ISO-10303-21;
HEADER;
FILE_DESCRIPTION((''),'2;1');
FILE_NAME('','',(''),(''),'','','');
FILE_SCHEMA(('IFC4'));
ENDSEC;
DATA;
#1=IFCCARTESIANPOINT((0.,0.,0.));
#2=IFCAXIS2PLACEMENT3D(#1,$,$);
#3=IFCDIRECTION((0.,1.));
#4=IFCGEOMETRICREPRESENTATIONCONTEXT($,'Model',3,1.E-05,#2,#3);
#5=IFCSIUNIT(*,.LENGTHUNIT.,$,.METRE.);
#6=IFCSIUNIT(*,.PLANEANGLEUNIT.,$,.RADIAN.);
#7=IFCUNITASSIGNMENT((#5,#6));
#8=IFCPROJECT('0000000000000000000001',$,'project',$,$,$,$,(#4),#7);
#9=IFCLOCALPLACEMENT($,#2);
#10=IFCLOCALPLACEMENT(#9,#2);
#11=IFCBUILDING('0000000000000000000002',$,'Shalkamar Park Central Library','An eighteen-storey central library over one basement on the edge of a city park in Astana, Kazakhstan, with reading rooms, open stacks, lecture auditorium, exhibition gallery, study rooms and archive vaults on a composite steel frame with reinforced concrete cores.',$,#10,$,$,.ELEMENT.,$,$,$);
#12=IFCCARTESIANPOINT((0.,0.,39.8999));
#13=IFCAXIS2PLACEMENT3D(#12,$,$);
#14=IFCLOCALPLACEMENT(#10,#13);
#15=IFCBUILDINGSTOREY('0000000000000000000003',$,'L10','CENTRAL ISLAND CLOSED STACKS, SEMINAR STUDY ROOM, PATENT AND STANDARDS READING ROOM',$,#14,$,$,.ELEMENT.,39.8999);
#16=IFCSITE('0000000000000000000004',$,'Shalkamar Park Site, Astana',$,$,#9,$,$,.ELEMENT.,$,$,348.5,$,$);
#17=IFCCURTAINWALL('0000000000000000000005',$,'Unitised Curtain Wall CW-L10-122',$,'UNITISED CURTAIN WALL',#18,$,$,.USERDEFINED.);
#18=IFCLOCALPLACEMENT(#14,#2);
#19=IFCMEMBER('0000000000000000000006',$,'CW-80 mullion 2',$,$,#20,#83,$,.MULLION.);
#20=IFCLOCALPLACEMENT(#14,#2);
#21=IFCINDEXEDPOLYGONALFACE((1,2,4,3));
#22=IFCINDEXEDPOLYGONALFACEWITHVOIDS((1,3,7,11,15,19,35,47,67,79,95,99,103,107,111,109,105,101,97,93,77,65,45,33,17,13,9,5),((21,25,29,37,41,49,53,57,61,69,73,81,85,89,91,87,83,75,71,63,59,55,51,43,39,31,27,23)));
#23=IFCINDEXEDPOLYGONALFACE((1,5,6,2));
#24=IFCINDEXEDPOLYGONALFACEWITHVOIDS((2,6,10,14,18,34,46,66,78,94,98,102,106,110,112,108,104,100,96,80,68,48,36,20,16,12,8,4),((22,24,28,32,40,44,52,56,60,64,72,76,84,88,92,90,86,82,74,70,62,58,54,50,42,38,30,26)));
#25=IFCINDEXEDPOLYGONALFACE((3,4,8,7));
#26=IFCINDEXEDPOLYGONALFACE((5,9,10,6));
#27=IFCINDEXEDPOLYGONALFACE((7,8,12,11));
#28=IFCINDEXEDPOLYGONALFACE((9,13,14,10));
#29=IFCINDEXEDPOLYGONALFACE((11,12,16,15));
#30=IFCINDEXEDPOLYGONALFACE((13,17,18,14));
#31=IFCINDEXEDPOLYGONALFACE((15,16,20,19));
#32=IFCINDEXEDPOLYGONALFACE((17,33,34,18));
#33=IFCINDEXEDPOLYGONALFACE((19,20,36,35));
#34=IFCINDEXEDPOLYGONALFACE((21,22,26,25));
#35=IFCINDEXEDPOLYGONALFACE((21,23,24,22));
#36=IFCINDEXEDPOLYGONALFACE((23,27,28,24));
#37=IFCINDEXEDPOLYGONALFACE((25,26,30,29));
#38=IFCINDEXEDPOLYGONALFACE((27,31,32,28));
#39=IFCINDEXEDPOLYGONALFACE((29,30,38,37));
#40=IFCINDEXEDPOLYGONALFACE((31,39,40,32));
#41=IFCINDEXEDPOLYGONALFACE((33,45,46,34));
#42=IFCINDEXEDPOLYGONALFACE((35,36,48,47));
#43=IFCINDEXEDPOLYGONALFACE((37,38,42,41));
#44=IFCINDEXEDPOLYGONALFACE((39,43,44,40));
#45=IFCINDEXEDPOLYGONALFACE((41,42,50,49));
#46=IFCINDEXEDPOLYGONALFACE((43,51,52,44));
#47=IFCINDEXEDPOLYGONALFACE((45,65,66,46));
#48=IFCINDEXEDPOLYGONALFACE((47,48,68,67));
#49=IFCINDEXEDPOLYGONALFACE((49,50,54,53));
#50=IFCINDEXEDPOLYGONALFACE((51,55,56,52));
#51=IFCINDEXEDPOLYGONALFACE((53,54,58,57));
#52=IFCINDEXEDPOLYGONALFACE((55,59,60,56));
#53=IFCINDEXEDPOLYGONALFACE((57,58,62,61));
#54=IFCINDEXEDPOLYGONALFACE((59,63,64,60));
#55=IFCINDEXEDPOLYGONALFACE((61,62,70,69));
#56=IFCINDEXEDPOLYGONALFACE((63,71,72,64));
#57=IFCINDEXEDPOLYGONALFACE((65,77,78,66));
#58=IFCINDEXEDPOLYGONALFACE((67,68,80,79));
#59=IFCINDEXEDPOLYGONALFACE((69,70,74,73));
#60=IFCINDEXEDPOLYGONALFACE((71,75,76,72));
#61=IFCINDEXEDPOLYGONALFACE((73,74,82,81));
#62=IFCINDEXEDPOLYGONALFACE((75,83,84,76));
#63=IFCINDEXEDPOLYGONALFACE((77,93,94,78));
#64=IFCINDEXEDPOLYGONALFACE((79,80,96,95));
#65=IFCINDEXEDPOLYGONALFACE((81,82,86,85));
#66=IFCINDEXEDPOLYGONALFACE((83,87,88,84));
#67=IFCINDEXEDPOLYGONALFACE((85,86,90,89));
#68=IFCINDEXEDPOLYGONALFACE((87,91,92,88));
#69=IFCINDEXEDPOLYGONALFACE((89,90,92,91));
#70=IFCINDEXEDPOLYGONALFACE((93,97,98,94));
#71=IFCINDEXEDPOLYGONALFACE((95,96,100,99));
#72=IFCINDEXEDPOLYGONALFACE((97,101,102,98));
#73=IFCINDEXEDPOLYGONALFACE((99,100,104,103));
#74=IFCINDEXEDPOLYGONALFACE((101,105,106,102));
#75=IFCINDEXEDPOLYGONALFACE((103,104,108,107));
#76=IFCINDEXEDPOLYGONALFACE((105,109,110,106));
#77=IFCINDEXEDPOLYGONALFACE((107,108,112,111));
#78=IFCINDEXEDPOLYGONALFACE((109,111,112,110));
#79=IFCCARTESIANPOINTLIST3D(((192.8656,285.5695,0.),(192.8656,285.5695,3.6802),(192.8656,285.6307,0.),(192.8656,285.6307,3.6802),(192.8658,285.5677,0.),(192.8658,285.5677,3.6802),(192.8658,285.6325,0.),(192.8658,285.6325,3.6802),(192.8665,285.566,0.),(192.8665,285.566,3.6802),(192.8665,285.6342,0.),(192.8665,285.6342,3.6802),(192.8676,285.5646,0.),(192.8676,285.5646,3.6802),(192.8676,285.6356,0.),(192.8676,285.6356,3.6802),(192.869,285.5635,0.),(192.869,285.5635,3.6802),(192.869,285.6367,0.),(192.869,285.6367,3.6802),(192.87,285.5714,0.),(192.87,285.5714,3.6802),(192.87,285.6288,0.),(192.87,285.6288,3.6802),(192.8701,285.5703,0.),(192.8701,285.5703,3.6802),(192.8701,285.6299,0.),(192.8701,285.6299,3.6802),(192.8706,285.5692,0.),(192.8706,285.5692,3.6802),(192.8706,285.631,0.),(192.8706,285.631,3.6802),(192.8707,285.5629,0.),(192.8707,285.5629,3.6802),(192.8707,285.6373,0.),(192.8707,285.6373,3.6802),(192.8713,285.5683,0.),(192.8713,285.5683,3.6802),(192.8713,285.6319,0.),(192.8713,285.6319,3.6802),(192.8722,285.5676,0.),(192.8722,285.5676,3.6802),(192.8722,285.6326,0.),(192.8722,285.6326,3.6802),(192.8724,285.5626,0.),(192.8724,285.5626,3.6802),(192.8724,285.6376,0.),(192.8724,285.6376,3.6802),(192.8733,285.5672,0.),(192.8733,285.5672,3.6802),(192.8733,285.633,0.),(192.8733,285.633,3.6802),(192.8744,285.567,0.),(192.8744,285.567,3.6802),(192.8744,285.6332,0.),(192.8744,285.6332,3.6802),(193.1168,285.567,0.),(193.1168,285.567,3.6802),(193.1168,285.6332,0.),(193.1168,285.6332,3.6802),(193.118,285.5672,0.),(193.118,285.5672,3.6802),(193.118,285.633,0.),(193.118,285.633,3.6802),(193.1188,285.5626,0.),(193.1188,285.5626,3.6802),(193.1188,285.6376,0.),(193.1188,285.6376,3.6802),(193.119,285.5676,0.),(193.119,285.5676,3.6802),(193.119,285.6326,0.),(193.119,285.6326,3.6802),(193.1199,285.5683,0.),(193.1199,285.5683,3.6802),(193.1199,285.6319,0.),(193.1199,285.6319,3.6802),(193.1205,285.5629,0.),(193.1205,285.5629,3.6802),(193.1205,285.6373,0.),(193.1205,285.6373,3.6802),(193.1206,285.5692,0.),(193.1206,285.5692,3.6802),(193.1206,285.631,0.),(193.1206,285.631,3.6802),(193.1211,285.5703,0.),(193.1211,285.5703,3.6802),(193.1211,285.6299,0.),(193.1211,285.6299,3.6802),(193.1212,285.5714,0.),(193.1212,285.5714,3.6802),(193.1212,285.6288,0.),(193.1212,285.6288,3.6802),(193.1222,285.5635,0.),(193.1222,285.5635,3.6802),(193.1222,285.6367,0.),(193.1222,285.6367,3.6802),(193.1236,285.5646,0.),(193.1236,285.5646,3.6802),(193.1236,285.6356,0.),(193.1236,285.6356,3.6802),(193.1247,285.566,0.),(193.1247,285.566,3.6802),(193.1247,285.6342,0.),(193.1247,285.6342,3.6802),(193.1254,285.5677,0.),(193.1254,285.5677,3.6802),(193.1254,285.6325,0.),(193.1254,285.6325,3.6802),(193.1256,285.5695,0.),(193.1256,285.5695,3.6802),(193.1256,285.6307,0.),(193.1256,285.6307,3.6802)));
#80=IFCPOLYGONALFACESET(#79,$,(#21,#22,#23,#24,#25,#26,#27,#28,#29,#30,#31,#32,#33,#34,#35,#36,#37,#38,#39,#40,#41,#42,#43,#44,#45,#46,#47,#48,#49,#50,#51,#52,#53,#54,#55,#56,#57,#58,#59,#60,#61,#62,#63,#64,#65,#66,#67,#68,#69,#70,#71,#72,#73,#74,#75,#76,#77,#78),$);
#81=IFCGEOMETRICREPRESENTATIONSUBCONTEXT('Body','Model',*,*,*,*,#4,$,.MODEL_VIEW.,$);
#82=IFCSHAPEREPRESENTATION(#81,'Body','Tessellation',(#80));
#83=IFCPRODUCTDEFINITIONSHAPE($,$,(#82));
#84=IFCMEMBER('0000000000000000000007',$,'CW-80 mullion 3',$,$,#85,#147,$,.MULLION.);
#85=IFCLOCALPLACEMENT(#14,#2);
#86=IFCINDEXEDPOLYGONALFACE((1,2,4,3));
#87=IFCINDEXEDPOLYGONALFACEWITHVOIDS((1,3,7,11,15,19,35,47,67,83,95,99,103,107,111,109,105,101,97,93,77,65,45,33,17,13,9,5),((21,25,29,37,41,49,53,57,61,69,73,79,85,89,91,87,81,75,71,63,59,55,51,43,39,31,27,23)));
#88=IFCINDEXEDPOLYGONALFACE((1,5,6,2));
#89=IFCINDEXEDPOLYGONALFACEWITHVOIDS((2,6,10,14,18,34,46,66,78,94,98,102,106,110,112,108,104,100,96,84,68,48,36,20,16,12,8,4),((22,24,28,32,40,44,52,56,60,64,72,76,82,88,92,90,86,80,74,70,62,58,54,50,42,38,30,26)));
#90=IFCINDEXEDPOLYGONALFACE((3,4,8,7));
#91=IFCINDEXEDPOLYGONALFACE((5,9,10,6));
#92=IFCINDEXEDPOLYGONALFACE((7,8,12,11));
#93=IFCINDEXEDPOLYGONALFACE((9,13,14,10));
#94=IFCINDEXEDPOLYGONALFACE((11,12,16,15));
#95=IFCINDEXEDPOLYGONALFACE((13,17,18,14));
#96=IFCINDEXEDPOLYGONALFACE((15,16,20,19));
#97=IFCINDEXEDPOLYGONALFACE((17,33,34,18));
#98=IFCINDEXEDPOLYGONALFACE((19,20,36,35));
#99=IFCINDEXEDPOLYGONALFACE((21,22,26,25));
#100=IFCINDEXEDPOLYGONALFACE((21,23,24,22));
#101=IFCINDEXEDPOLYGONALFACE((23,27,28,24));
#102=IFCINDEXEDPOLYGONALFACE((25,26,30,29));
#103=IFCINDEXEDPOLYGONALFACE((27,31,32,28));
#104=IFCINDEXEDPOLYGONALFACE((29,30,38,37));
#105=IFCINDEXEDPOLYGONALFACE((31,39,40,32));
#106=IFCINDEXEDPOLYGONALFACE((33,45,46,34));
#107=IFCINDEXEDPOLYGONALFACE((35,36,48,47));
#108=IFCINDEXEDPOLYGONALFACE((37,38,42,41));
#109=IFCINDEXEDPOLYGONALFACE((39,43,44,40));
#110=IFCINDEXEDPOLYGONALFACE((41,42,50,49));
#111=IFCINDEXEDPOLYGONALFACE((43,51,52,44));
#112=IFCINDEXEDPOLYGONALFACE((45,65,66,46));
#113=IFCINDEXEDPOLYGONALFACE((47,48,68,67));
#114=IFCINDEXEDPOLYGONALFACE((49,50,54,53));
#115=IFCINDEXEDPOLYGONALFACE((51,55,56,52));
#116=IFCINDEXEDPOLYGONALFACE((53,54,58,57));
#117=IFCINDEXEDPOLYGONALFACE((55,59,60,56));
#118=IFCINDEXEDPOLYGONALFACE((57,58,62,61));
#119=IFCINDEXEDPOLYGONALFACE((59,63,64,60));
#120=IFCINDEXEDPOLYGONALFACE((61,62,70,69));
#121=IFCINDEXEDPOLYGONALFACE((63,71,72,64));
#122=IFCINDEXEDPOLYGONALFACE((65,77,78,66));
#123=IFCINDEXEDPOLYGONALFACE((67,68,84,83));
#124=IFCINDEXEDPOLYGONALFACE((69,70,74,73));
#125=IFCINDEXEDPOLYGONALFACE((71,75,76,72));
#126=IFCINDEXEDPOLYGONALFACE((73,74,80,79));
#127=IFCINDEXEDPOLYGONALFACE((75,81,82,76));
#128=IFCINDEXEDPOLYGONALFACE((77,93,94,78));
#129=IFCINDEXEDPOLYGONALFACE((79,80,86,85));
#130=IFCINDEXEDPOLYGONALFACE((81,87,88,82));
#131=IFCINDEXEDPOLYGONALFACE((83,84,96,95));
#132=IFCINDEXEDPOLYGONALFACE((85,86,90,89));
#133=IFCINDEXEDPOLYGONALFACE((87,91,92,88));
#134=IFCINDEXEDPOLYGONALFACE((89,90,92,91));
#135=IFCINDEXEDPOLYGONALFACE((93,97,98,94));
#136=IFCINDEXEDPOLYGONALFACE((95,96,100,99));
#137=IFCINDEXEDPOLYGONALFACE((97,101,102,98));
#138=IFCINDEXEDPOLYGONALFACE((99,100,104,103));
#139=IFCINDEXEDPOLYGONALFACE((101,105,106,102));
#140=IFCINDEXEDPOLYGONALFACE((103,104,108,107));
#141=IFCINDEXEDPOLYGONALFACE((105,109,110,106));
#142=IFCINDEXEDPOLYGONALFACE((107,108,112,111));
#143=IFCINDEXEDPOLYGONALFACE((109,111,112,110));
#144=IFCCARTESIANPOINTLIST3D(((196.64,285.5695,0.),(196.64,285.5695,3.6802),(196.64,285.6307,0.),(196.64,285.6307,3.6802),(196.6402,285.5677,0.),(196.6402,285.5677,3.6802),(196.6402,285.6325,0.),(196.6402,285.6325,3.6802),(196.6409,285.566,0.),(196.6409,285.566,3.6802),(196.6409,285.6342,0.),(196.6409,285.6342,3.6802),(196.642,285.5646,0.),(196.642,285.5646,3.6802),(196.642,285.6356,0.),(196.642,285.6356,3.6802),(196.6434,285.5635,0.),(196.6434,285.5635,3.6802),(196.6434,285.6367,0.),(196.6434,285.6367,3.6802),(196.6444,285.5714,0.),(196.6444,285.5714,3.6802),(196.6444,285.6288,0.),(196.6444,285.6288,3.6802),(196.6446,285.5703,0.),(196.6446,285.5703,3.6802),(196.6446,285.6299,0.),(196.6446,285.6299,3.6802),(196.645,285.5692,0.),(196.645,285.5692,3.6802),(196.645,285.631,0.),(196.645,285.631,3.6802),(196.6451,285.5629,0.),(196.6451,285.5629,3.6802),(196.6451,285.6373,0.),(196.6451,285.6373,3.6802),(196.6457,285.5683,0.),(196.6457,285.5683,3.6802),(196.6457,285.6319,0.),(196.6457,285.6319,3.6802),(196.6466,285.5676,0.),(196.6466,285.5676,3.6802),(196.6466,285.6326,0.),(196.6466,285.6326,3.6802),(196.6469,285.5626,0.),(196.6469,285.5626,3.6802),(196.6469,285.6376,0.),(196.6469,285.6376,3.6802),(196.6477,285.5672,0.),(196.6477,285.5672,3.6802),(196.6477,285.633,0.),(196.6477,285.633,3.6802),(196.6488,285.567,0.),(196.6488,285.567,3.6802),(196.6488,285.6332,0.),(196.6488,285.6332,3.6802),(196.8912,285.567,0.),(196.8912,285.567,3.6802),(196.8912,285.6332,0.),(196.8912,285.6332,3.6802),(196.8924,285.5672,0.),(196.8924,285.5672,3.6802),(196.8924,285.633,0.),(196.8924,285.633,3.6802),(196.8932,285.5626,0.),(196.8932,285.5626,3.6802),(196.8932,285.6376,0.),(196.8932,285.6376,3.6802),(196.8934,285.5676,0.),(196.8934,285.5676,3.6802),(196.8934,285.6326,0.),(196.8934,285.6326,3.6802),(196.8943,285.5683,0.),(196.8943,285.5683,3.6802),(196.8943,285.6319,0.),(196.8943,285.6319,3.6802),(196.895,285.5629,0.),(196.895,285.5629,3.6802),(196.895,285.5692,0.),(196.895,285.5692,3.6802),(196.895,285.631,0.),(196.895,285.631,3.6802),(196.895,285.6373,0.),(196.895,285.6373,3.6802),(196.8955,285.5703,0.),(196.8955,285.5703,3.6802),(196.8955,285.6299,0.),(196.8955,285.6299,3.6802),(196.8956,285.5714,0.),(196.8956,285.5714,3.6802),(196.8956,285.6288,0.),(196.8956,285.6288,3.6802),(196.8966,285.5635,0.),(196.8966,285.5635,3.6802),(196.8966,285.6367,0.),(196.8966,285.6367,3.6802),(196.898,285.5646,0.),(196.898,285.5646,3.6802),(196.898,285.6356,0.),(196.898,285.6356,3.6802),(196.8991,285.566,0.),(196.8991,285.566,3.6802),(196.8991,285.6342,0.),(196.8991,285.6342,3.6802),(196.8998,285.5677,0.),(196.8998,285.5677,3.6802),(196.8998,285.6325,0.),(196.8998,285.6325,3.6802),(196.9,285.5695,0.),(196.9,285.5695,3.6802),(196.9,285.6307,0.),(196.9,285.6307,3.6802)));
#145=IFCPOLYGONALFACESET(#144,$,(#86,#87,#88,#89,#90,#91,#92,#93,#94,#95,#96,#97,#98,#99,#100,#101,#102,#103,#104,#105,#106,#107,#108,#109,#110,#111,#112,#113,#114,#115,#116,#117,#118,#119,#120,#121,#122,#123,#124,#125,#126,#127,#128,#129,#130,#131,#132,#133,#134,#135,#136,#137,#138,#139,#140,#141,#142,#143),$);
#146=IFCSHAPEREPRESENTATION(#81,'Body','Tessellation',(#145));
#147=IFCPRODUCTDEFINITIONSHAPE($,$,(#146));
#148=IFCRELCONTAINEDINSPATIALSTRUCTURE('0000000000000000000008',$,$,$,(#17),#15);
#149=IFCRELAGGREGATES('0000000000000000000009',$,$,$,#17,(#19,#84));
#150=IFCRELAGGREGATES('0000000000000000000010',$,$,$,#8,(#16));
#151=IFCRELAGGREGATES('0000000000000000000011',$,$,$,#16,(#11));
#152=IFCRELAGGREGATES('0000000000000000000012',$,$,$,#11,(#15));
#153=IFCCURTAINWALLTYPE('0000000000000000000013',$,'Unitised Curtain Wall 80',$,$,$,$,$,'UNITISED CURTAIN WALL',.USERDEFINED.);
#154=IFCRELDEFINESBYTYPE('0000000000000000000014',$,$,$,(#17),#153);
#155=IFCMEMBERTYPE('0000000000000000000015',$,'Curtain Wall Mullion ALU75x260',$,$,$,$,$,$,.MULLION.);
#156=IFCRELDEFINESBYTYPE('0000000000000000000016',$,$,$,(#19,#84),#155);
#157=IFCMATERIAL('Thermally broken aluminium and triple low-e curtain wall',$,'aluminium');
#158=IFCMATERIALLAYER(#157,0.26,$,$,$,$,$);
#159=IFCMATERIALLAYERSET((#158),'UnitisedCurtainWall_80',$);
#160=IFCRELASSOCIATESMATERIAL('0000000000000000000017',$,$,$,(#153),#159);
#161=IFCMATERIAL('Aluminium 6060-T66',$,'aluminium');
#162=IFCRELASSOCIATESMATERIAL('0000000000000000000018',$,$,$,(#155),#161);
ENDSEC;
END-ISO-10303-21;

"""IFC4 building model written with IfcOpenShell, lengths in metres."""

from ifc_helpers import new_model, si_unit, direction, frame, origin, origin_2d, place, context, subcontext, project, spatial, hollow_rectangle, extrude, material, layer, layer_set, material_profile, profile_set, type_object, element, aggregate, save


model = new_model("IFC4")

# Units and contexts
model_context = context("Model", 3, precision=1e-05, world=origin(), true_north=direction((0.0, 1.0)))
body_context = subcontext(model_context, "Body", "Model", "MODEL_VIEW")
ifc_project = project(units=[si_unit("LENGTHUNIT", "METRE"), si_unit("PLANEANGLEUNIT", "RADIAN")], contexts=[model_context])

# Site, building, storey
site_placement = place(None, origin())
site = spatial("IfcSite", under=ifc_project, at=site_placement, Name="Shalkamar Park Site, Astana", CompositionType="ELEMENT", RefElevation=348.5)
building_placement = place(site_placement, origin())
building = spatial("IfcBuilding", under=site, at=building_placement, Name="Shalkamar Park Central Library", Description="An eighteen-storey central library over one basement on the edge of a city park in Astana, Kazakhstan, with reading rooms, open stacks, lecture auditorium, exhibition gallery, study rooms and archive vaults on a composite steel frame with reinforced concrete cores.", CompositionType="ELEMENT")
storey_placement = place(building_placement, frame((0.0, 0.0, 39.8999)))
storey = spatial("IfcBuildingStorey", under=building, at=storey_placement, Name="L10", Description="CENTRAL ISLAND CLOSED STACKS, SEMINAR STUDY ROOM, PATENT AND STANDARDS READING ROOM", CompositionType="ELEMENT", Elevation=39.8999)

# Curtain wall, members
ifc_material_1 = material(Name="Thermally broken aluminium and triple low-e curtain wall", Category="aluminium")
ifc_layer_1 = layer(ifc_material_1, 0.26)
ifc_layer_set_1 = layer_set([ifc_layer_1], Name="UnitisedCurtainWall_80")
curtain_wall_type = type_object("IfcCurtainWallType", Name="Unitised Curtain Wall 80", ElementType="UNITISED CURTAIN WALL", PredefinedType="USERDEFINED", material=ifc_layer_set_1)
curtain_wall_placement = place(storey_placement, origin())
curtain_wall = element("IfcCurtainWall", 1, at=curtain_wall_placement, inside=storey, type_object=curtain_wall_type, Name="Unitised Curtain Wall CW-L10-122", ObjectType="UNITISED CURTAIN WALL", PredefinedType="USERDEFINED")
ifc_material_2 = material(Name="Aluminium 6060-T66", Category="aluminium")
ifc_material_profile_1 = material_profile(ifc_material_2, hollow_rectangle(XDim=0.075, YDim=0.26, WallThickness=0.0044, InnerFilletRadius=0.0044, OuterFilletRadius=0.0068, at=origin_2d()), Name="ALU 75x260x4.5")
ifc_profile_set_1 = profile_set([ifc_material_profile_1], Name="Aluminium 6060-T66")
member_type_1 = type_object("IfcMemberType", Name="Curtain Wall Mullion ALU75x260", PredefinedType="MULLION", material=ifc_profile_set_1)
member_1_placement = place(storey_placement, frame((192.9956, 285.6001, 0.0), z_axis=(0.0, 0.0, 1.0), x_axis=(0.0, 1.0, 0.0)))
member_1 = element("IfcMember", 2, at=member_1_placement, type_object=member_type_1, Name="CW-80 mullion 2", PredefinedType="MULLION", context=body_context, shape_type="SweptSolid", body=[
    extrude(hollow_rectangle(XDim=0.075, YDim=0.26, WallThickness=0.0044, InnerFilletRadius=0.0044, OuterFilletRadius=0.0068, at=origin_2d()), origin(), (0.0, 0.0, 1.0), 3.6802),
])
member_2_placement = place(storey_placement, frame((196.77, 285.6001, 0.0), z_axis=(0.0, 0.0, 1.0), x_axis=(0.0, 1.0, 0.0)))
member_2 = element("IfcMember", 3, at=member_2_placement, type_object=member_type_1, Name="CW-80 mullion 3", PredefinedType="MULLION", context=body_context, shape_type="SweptSolid", body=[
    extrude(hollow_rectangle(XDim=0.075, YDim=0.26, WallThickness=0.0044, InnerFilletRadius=0.0044, OuterFilletRadius=0.0068, at=origin_2d()), origin(), (0.0, 0.0, 1.0), 3.6802),
])

aggregate(curtain_wall, [member_1, member_2])

save(model, "model.ifc")
